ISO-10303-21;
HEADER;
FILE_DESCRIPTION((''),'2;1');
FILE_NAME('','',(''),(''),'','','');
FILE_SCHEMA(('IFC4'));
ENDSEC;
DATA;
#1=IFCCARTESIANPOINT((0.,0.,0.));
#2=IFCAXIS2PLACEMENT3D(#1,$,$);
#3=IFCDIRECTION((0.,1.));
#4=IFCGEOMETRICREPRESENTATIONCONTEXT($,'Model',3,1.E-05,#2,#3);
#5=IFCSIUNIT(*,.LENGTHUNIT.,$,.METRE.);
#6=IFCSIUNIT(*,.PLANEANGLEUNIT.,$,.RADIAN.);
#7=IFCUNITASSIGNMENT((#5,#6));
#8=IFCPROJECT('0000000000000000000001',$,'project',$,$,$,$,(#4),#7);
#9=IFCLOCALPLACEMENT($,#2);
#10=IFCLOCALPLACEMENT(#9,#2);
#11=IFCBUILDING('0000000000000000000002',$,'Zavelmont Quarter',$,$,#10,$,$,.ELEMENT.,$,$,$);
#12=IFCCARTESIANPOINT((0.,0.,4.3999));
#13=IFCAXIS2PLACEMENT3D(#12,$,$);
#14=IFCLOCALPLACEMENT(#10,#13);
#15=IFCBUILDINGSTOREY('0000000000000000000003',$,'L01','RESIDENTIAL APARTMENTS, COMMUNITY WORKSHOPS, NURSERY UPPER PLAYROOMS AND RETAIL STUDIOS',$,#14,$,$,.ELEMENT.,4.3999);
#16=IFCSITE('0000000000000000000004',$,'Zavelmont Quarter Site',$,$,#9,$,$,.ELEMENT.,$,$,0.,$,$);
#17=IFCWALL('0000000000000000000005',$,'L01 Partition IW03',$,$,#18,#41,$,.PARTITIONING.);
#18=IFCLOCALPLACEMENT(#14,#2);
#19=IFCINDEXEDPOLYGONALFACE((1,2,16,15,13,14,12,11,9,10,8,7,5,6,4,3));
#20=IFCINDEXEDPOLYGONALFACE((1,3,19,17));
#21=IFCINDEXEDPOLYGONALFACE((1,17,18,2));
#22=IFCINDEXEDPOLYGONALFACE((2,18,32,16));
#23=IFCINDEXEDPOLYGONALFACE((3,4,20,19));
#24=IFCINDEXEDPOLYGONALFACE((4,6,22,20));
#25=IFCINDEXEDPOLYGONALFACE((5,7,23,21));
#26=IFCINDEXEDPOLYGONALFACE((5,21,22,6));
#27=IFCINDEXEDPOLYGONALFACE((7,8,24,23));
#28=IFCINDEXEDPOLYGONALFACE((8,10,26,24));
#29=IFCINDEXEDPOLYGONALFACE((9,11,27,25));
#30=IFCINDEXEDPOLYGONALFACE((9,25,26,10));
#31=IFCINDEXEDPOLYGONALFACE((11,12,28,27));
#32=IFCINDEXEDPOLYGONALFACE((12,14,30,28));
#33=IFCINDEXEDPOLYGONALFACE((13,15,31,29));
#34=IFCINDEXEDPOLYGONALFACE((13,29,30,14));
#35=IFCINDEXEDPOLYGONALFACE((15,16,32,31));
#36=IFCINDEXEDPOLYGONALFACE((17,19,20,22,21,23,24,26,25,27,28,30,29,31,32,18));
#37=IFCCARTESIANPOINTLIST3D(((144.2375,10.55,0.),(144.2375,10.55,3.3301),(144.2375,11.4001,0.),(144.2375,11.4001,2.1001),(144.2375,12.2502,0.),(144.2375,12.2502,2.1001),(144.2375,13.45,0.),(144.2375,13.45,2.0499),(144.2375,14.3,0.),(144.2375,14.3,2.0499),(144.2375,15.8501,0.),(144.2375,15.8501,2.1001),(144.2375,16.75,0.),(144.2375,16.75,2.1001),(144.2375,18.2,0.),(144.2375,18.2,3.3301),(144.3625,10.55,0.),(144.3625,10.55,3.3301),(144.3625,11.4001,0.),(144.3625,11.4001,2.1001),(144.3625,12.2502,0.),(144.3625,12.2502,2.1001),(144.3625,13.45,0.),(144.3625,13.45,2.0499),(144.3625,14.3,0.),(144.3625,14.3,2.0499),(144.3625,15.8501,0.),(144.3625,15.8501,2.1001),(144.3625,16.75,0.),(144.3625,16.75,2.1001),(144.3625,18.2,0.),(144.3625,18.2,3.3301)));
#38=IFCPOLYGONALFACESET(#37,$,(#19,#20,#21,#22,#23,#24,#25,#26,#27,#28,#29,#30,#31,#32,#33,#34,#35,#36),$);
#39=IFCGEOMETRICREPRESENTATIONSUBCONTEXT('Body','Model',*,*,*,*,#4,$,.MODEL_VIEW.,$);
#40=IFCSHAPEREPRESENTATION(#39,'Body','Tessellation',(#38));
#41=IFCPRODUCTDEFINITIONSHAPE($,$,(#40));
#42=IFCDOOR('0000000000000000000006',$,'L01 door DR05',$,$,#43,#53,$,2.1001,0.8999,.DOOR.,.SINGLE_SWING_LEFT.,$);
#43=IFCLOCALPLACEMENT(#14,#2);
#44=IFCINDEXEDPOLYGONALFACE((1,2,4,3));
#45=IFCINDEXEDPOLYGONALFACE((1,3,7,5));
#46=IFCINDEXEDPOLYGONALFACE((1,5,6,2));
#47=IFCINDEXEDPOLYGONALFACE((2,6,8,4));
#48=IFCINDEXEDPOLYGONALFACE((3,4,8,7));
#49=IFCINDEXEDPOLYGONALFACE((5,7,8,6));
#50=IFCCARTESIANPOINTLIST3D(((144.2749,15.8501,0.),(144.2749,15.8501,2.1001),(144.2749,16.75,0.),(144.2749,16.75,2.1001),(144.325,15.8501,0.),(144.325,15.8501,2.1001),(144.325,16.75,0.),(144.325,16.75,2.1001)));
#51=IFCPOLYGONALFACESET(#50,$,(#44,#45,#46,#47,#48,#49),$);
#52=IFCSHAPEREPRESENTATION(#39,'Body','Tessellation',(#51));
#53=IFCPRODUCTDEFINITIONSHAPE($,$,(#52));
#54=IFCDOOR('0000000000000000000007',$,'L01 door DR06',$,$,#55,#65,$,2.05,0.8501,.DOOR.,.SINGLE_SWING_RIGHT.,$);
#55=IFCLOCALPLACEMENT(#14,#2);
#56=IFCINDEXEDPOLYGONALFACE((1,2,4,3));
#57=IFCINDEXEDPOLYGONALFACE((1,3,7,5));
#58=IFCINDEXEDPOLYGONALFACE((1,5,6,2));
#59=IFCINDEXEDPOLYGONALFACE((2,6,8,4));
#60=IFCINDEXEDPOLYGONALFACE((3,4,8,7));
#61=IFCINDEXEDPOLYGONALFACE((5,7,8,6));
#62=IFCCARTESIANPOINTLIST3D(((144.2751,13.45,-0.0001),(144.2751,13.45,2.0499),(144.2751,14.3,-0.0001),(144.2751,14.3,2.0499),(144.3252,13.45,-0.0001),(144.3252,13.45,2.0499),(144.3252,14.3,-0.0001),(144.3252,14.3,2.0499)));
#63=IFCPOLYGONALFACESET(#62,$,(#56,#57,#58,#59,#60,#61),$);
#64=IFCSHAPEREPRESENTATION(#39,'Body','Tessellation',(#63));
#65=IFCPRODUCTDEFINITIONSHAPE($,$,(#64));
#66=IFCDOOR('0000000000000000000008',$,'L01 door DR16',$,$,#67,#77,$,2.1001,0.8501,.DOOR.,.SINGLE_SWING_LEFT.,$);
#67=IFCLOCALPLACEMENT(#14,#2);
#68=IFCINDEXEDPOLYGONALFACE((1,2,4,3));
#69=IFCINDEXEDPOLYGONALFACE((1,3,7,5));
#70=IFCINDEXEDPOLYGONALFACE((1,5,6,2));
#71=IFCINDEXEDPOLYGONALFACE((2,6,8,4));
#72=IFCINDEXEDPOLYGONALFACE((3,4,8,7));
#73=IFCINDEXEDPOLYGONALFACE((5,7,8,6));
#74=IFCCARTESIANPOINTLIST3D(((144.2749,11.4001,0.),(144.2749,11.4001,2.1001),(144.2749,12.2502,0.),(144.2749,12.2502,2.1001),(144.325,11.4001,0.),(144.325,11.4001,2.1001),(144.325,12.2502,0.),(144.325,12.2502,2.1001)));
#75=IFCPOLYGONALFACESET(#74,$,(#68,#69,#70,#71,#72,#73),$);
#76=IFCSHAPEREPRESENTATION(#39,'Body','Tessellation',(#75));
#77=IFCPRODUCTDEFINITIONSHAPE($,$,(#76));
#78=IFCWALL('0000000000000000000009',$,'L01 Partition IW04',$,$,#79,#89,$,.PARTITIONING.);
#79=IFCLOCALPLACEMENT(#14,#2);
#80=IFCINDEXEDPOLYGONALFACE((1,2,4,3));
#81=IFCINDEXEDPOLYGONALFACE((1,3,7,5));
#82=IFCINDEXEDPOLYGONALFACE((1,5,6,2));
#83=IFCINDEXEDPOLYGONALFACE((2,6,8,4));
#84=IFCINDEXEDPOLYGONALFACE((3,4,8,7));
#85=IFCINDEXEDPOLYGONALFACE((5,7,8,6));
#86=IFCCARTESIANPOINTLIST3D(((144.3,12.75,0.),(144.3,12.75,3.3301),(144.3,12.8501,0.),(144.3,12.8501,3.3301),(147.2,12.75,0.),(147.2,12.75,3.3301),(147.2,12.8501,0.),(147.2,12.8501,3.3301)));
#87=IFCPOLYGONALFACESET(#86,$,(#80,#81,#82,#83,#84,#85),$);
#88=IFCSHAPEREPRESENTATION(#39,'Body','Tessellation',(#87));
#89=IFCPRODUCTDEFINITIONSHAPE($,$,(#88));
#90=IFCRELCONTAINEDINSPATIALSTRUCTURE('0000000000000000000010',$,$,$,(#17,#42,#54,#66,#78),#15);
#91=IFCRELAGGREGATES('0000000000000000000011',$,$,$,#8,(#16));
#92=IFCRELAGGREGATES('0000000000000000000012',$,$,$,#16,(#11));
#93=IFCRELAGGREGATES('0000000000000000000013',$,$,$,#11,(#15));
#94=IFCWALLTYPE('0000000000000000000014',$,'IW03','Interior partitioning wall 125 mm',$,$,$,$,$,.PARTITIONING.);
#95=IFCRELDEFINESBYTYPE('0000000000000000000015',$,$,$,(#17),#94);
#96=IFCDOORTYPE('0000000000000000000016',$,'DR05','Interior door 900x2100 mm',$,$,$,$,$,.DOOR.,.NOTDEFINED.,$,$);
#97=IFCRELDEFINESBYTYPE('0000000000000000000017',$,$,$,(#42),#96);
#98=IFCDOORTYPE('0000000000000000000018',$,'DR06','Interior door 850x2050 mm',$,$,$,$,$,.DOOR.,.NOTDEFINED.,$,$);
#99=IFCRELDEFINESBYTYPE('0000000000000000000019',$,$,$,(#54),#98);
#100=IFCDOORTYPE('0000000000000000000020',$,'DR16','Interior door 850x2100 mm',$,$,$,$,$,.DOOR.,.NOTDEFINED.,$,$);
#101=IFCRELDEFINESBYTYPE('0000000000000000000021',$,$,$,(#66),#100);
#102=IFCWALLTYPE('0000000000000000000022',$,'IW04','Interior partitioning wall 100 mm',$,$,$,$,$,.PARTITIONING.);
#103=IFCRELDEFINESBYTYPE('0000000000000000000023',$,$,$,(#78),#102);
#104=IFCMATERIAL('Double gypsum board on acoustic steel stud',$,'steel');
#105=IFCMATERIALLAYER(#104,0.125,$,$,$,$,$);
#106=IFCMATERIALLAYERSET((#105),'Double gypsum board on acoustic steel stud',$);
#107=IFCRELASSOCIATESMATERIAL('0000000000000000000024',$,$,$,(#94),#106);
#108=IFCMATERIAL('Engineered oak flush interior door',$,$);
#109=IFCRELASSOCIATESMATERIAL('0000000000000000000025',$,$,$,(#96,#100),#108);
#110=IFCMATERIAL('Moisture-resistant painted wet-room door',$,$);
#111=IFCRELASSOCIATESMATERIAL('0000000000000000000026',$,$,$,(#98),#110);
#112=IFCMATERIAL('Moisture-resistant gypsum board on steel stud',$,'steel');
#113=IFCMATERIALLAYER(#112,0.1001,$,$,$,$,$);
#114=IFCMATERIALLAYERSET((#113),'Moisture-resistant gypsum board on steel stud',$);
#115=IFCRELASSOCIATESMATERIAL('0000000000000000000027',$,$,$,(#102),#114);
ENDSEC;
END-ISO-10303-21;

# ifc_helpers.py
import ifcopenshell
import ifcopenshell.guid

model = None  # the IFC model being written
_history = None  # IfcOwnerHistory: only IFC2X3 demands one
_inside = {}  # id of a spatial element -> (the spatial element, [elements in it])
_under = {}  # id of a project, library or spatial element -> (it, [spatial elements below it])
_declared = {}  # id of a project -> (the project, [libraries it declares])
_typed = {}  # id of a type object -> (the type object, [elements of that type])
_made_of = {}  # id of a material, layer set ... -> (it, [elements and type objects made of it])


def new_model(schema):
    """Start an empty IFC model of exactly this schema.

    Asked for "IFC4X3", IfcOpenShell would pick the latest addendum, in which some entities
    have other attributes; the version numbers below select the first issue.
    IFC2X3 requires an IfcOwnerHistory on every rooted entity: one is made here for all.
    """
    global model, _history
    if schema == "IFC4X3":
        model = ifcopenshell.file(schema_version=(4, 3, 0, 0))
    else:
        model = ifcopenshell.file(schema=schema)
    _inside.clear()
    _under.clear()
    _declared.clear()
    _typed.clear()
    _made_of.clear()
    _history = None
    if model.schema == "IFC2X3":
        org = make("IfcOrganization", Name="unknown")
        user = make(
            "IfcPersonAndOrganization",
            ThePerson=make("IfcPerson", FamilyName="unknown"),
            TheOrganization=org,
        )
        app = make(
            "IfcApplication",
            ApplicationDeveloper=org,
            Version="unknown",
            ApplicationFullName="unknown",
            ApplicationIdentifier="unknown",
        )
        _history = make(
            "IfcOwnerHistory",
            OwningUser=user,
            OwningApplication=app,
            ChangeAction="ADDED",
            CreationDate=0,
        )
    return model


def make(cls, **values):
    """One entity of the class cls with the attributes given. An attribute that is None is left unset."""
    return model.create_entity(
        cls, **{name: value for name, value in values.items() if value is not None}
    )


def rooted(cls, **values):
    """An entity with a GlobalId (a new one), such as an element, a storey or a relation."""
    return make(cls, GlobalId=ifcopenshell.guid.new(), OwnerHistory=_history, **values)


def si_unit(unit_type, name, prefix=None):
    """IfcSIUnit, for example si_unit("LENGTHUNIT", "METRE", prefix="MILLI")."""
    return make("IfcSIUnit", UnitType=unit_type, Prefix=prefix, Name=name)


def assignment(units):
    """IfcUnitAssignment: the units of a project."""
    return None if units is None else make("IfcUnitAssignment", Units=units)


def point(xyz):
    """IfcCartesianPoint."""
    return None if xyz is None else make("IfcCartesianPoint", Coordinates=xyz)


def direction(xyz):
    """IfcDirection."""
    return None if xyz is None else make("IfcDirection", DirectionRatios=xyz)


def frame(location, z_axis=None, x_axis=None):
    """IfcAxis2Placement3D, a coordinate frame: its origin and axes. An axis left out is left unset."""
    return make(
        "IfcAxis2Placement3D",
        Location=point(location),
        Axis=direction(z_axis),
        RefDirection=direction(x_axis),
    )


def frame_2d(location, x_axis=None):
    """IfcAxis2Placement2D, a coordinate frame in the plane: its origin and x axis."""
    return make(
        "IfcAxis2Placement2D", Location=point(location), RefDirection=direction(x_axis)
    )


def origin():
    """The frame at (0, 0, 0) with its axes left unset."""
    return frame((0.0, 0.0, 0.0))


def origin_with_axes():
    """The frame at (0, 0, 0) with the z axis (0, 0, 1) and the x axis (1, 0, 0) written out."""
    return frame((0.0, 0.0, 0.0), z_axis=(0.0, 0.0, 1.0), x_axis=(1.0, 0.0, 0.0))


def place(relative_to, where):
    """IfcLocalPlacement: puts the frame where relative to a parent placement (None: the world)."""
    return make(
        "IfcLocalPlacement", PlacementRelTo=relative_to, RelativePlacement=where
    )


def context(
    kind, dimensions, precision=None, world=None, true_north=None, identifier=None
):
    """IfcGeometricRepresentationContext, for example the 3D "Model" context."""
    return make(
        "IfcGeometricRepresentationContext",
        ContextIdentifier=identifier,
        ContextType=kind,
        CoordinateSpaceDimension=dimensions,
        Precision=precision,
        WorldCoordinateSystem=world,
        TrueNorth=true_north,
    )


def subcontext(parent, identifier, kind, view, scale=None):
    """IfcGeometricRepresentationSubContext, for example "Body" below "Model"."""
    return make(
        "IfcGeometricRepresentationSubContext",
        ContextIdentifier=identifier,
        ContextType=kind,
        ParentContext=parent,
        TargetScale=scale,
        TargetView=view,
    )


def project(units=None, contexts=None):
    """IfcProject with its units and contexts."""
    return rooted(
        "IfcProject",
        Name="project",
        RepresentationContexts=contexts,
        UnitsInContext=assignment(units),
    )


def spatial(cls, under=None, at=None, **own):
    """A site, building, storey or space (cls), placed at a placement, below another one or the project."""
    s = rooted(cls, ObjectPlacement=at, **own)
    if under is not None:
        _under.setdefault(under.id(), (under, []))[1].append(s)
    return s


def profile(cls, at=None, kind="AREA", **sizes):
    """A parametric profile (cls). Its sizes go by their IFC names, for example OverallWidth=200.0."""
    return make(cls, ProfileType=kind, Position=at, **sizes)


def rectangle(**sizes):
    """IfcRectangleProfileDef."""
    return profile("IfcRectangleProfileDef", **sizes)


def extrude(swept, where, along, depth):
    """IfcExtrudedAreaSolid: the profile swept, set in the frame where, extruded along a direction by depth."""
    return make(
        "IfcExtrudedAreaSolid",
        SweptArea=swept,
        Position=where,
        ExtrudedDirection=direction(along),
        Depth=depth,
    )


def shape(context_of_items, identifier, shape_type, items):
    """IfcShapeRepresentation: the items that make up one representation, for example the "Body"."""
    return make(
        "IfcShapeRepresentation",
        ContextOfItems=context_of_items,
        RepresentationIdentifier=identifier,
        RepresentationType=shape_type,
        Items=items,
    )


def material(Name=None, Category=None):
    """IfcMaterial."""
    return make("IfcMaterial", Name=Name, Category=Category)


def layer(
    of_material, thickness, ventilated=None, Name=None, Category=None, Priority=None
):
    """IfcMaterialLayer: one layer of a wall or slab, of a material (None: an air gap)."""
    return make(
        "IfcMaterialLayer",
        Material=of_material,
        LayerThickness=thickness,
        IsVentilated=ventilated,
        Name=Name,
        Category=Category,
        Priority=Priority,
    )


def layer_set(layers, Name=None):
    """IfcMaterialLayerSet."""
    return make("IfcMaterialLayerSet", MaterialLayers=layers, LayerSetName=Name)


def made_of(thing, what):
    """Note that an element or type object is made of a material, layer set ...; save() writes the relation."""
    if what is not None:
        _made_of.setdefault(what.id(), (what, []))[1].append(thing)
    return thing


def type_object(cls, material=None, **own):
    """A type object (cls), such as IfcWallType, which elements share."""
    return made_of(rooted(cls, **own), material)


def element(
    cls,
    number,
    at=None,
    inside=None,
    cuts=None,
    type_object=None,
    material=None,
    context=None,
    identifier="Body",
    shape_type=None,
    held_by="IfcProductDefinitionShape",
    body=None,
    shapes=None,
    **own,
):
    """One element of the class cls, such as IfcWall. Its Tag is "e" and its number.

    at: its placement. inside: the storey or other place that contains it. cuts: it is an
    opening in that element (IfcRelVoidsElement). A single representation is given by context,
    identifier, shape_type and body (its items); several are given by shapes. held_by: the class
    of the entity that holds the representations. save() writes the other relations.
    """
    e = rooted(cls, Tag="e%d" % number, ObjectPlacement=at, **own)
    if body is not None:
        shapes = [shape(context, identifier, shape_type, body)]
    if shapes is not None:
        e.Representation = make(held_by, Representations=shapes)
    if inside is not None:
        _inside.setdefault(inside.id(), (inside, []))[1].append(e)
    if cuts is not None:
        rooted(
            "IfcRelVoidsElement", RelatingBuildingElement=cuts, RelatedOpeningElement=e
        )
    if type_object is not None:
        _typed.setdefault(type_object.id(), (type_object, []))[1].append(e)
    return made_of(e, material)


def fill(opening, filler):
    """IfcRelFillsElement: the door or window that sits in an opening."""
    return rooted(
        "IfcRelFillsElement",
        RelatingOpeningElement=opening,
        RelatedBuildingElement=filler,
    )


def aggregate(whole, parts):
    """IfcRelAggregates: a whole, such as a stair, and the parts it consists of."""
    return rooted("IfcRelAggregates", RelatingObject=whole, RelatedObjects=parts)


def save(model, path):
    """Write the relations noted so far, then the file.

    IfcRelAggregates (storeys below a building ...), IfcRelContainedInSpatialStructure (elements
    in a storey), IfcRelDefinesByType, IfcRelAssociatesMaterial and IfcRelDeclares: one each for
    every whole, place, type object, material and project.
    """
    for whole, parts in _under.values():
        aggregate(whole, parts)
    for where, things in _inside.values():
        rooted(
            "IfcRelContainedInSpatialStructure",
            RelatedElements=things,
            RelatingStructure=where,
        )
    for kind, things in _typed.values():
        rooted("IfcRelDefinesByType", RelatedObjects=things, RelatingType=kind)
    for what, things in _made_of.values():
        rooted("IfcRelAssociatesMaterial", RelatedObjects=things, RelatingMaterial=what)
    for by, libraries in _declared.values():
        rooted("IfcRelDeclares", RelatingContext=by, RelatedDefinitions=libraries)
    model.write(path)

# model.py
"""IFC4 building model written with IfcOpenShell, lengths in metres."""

from ifc_helpers import new_model, si_unit, direction, frame, frame_2d, origin, origin_with_axes, place, context, subcontext, project, spatial, rectangle, extrude, material, layer, layer_set, type_object, element, fill, save


model = new_model("IFC4")

# Units and contexts
model_context = context("Model", 3, precision=1e-05, world=origin(), true_north=direction((0.0, 1.0)))
body_context = subcontext(model_context, "Body", "Model", "MODEL_VIEW")
ifc_project = project(units=[si_unit("LENGTHUNIT", "METRE"), si_unit("PLANEANGLEUNIT", "RADIAN")], contexts=[model_context])

# Site, building, storey
site_placement = place(None, origin())
site = spatial("IfcSite", under=ifc_project, at=site_placement, Name="Zavelmont Quarter Site", CompositionType="ELEMENT", RefElevation=0.0)
building_placement = place(site_placement, origin())
building = spatial("IfcBuilding", under=site, at=building_placement, Name="Zavelmont Quarter", CompositionType="ELEMENT")
storey_placement = place(building_placement, frame((0.0, 0.0, 4.3999)))
storey = spatial("IfcBuildingStorey", under=building, at=storey_placement, Name="L01", Description="RESIDENTIAL APARTMENTS, COMMUNITY WORKSHOPS, NURSERY UPPER PLAYROOMS AND RETAIL STUDIOS", CompositionType="ELEMENT", Elevation=4.3999)

# Wall, openings, doors
ifc_material_1 = material(Name="Double gypsum board on acoustic steel stud", Category="steel")
ifc_layer_1 = layer(ifc_material_1, 0.125)
ifc_layer_set_1 = layer_set([ifc_layer_1], Name="Double gypsum board on acoustic steel stud")
wall_type_1 = type_object("IfcWallType", Name="IW03", Description="Interior partitioning wall 125 mm", PredefinedType="PARTITIONING", material=ifc_layer_set_1)
wall_1_placement = place(storey_placement, frame((144.3, 10.55, 0.0), z_axis=(0.0, 0.0, 1.0), x_axis=(0.0, 1.0, 0.0)))
wall_1 = element("IfcWall", 1, at=wall_1_placement, inside=storey, type_object=wall_type_1, Name="L01 Partition IW03", PredefinedType="PARTITIONING", context=body_context, shape_type="SweptSolid", body=[
    extrude(rectangle(XDim=7.6499, YDim=0.125, at=frame_2d((3.825, 0.0))), origin(), (0.0, 0.0, 1.0), 3.3301),
])
opening_1_placement = place(wall_1_placement, frame((0.8501, 0.0, 0.0)))
opening_1 = element("IfcOpeningElement", 2, at=opening_1_placement, cuts=wall_1, PredefinedType="OPENING", context=body_context, shape_type="SweptSolid", body=[
    extrude(rectangle(XDim=0.8501, YDim=2.1001, at=frame_2d((0.425, 1.05))), frame((0.0, 0.0745, 0.0), z_axis=(0.0, -1.0, 0.0), x_axis=(1.0, 0.0, 0.0)), (0.0, 0.0, 1.0), 0.1489),
])
opening_2_placement = place(wall_1_placement, frame((2.8999, 0.0, 0.0)))
opening_2 = element("IfcOpeningElement", 3, at=opening_2_placement, cuts=wall_1, PredefinedType="OPENING", context=body_context, shape_type="SweptSolid", body=[
    extrude(rectangle(XDim=0.8501, YDim=2.05, at=frame_2d((0.425, 1.0249))), frame((0.0, 0.0745, 0.0), z_axis=(0.0, -1.0, 0.0), x_axis=(1.0, 0.0, 0.0)), (0.0, 0.0, 1.0), 0.1489),
])
opening_3_placement = place(wall_1_placement, frame((5.3, 0.0, 0.0)))
opening_3 = element("IfcOpeningElement", 4, at=opening_3_placement, cuts=wall_1, PredefinedType="OPENING", context=body_context, shape_type="SweptSolid", body=[
    extrude(rectangle(XDim=0.8999, YDim=2.1001, at=frame_2d((0.45, 1.05))), frame((0.0, 0.0745, 0.0), z_axis=(0.0, -1.0, 0.0), x_axis=(1.0, 0.0, 0.0)), (0.0, 0.0, 1.0), 0.1489),
])
ifc_material_2 = material(Name="Engineered oak flush interior door")
door_type_1 = type_object("IfcDoorType", Name="DR05", Description="Interior door 900x2100 mm", OperationType="NOTDEFINED", PredefinedType="DOOR", material=ifc_material_2)
door_1_placement = place(opening_3_placement, frame((0.8999, 0.0, 0.0), z_axis=(0.0, 0.0, 1.0), x_axis=(-1.0, 0.0, 0.0)))
door_1 = element("IfcDoor", 5, at=door_1_placement, inside=storey, type_object=door_type_1, Name="L01 door DR05", OperationType="SINGLE_SWING_LEFT", OverallHeight=2.1001, OverallWidth=0.8999, PredefinedType="DOOR", context=body_context, shape_type="SweptSolid", body=[
    extrude(rectangle(XDim=0.8999, YDim=2.1001, at=frame_2d((0.45, 1.05))), frame((0.0, 0.0249, 0.0), z_axis=(0.0, -1.0, 0.0), x_axis=(1.0, 0.0, 0.0)), (0.0, 0.0, 1.0), 0.05),
])
fill(opening_3, door_1)
ifc_material_3 = material(Name="Moisture-resistant painted wet-room door")
door_type_2 = type_object("IfcDoorType", Name="DR06", Description="Interior door 850x2050 mm", OperationType="NOTDEFINED", PredefinedType="DOOR", material=ifc_material_3)
door_2_placement = place(opening_2_placement, origin_with_axes())
door_2 = element("IfcDoor", 6, at=door_2_placement, inside=storey, type_object=door_type_2, Name="L01 door DR06", OperationType="SINGLE_SWING_RIGHT", OverallHeight=2.05, OverallWidth=0.8501, PredefinedType="DOOR", context=body_context, shape_type="SweptSolid", body=[
    extrude(rectangle(XDim=0.8501, YDim=2.05, at=frame_2d((0.425, 1.0249))), frame((0.0, 0.0249, 0.0), z_axis=(0.0, -1.0, 0.0), x_axis=(1.0, 0.0, 0.0)), (0.0, 0.0, 1.0), 0.05),
])
fill(opening_2, door_2)
door_type_3 = type_object("IfcDoorType", Name="DR16", Description="Interior door 850x2100 mm", OperationType="NOTDEFINED", PredefinedType="DOOR", material=ifc_material_2)
door_3_placement = place(opening_1_placement, frame((0.8501, 0.0, 0.0), z_axis=(0.0, 0.0, 1.0), x_axis=(-1.0, 0.0, 0.0)))
door_3 = element("IfcDoor", 7, at=door_3_placement, inside=storey, type_object=door_type_3, Name="L01 door DR16", OperationType="SINGLE_SWING_LEFT", OverallHeight=2.1001, OverallWidth=0.8501, PredefinedType="DOOR", context=body_context, shape_type="SweptSolid", body=[
    extrude(rectangle(XDim=0.8501, YDim=2.1001, at=frame_2d((0.425, 1.05))), frame((0.0, 0.0249, 0.0), z_axis=(0.0, -1.0, 0.0), x_axis=(1.0, 0.0, 0.0)), (0.0, 0.0, 1.0), 0.05),
])
fill(opening_1, door_3)

# Wall
ifc_material_4 = material(Name="Moisture-resistant gypsum board on steel stud", Category="steel")
ifc_layer_2 = layer(ifc_material_4, 0.1001)
ifc_layer_set_2 = layer_set([ifc_layer_2], Name="Moisture-resistant gypsum board on steel stud")
wall_type_2 = type_object("IfcWallType", Name="IW04", Description="Interior partitioning wall 100 mm", PredefinedType="PARTITIONING", material=ifc_layer_set_2)
wall_2_placement = place(storey_placement, frame((144.3, 12.8, 0.0), z_axis=(0.0, 0.0, 1.0), x_axis=(1.0, 0.0, 0.0)))
element("IfcWall", 8, at=wall_2_placement, inside=storey, type_object=wall_type_2, Name="L01 Partition IW04", PredefinedType="PARTITIONING", context=body_context, shape_type="SweptSolid", body=[
    extrude(rectangle(XDim=2.8999, YDim=0.1001, at=frame_2d((1.45, 0.0))), origin(), (0.0, 0.0, 1.0), 3.3301),
])

save(model, "model.ifc")
